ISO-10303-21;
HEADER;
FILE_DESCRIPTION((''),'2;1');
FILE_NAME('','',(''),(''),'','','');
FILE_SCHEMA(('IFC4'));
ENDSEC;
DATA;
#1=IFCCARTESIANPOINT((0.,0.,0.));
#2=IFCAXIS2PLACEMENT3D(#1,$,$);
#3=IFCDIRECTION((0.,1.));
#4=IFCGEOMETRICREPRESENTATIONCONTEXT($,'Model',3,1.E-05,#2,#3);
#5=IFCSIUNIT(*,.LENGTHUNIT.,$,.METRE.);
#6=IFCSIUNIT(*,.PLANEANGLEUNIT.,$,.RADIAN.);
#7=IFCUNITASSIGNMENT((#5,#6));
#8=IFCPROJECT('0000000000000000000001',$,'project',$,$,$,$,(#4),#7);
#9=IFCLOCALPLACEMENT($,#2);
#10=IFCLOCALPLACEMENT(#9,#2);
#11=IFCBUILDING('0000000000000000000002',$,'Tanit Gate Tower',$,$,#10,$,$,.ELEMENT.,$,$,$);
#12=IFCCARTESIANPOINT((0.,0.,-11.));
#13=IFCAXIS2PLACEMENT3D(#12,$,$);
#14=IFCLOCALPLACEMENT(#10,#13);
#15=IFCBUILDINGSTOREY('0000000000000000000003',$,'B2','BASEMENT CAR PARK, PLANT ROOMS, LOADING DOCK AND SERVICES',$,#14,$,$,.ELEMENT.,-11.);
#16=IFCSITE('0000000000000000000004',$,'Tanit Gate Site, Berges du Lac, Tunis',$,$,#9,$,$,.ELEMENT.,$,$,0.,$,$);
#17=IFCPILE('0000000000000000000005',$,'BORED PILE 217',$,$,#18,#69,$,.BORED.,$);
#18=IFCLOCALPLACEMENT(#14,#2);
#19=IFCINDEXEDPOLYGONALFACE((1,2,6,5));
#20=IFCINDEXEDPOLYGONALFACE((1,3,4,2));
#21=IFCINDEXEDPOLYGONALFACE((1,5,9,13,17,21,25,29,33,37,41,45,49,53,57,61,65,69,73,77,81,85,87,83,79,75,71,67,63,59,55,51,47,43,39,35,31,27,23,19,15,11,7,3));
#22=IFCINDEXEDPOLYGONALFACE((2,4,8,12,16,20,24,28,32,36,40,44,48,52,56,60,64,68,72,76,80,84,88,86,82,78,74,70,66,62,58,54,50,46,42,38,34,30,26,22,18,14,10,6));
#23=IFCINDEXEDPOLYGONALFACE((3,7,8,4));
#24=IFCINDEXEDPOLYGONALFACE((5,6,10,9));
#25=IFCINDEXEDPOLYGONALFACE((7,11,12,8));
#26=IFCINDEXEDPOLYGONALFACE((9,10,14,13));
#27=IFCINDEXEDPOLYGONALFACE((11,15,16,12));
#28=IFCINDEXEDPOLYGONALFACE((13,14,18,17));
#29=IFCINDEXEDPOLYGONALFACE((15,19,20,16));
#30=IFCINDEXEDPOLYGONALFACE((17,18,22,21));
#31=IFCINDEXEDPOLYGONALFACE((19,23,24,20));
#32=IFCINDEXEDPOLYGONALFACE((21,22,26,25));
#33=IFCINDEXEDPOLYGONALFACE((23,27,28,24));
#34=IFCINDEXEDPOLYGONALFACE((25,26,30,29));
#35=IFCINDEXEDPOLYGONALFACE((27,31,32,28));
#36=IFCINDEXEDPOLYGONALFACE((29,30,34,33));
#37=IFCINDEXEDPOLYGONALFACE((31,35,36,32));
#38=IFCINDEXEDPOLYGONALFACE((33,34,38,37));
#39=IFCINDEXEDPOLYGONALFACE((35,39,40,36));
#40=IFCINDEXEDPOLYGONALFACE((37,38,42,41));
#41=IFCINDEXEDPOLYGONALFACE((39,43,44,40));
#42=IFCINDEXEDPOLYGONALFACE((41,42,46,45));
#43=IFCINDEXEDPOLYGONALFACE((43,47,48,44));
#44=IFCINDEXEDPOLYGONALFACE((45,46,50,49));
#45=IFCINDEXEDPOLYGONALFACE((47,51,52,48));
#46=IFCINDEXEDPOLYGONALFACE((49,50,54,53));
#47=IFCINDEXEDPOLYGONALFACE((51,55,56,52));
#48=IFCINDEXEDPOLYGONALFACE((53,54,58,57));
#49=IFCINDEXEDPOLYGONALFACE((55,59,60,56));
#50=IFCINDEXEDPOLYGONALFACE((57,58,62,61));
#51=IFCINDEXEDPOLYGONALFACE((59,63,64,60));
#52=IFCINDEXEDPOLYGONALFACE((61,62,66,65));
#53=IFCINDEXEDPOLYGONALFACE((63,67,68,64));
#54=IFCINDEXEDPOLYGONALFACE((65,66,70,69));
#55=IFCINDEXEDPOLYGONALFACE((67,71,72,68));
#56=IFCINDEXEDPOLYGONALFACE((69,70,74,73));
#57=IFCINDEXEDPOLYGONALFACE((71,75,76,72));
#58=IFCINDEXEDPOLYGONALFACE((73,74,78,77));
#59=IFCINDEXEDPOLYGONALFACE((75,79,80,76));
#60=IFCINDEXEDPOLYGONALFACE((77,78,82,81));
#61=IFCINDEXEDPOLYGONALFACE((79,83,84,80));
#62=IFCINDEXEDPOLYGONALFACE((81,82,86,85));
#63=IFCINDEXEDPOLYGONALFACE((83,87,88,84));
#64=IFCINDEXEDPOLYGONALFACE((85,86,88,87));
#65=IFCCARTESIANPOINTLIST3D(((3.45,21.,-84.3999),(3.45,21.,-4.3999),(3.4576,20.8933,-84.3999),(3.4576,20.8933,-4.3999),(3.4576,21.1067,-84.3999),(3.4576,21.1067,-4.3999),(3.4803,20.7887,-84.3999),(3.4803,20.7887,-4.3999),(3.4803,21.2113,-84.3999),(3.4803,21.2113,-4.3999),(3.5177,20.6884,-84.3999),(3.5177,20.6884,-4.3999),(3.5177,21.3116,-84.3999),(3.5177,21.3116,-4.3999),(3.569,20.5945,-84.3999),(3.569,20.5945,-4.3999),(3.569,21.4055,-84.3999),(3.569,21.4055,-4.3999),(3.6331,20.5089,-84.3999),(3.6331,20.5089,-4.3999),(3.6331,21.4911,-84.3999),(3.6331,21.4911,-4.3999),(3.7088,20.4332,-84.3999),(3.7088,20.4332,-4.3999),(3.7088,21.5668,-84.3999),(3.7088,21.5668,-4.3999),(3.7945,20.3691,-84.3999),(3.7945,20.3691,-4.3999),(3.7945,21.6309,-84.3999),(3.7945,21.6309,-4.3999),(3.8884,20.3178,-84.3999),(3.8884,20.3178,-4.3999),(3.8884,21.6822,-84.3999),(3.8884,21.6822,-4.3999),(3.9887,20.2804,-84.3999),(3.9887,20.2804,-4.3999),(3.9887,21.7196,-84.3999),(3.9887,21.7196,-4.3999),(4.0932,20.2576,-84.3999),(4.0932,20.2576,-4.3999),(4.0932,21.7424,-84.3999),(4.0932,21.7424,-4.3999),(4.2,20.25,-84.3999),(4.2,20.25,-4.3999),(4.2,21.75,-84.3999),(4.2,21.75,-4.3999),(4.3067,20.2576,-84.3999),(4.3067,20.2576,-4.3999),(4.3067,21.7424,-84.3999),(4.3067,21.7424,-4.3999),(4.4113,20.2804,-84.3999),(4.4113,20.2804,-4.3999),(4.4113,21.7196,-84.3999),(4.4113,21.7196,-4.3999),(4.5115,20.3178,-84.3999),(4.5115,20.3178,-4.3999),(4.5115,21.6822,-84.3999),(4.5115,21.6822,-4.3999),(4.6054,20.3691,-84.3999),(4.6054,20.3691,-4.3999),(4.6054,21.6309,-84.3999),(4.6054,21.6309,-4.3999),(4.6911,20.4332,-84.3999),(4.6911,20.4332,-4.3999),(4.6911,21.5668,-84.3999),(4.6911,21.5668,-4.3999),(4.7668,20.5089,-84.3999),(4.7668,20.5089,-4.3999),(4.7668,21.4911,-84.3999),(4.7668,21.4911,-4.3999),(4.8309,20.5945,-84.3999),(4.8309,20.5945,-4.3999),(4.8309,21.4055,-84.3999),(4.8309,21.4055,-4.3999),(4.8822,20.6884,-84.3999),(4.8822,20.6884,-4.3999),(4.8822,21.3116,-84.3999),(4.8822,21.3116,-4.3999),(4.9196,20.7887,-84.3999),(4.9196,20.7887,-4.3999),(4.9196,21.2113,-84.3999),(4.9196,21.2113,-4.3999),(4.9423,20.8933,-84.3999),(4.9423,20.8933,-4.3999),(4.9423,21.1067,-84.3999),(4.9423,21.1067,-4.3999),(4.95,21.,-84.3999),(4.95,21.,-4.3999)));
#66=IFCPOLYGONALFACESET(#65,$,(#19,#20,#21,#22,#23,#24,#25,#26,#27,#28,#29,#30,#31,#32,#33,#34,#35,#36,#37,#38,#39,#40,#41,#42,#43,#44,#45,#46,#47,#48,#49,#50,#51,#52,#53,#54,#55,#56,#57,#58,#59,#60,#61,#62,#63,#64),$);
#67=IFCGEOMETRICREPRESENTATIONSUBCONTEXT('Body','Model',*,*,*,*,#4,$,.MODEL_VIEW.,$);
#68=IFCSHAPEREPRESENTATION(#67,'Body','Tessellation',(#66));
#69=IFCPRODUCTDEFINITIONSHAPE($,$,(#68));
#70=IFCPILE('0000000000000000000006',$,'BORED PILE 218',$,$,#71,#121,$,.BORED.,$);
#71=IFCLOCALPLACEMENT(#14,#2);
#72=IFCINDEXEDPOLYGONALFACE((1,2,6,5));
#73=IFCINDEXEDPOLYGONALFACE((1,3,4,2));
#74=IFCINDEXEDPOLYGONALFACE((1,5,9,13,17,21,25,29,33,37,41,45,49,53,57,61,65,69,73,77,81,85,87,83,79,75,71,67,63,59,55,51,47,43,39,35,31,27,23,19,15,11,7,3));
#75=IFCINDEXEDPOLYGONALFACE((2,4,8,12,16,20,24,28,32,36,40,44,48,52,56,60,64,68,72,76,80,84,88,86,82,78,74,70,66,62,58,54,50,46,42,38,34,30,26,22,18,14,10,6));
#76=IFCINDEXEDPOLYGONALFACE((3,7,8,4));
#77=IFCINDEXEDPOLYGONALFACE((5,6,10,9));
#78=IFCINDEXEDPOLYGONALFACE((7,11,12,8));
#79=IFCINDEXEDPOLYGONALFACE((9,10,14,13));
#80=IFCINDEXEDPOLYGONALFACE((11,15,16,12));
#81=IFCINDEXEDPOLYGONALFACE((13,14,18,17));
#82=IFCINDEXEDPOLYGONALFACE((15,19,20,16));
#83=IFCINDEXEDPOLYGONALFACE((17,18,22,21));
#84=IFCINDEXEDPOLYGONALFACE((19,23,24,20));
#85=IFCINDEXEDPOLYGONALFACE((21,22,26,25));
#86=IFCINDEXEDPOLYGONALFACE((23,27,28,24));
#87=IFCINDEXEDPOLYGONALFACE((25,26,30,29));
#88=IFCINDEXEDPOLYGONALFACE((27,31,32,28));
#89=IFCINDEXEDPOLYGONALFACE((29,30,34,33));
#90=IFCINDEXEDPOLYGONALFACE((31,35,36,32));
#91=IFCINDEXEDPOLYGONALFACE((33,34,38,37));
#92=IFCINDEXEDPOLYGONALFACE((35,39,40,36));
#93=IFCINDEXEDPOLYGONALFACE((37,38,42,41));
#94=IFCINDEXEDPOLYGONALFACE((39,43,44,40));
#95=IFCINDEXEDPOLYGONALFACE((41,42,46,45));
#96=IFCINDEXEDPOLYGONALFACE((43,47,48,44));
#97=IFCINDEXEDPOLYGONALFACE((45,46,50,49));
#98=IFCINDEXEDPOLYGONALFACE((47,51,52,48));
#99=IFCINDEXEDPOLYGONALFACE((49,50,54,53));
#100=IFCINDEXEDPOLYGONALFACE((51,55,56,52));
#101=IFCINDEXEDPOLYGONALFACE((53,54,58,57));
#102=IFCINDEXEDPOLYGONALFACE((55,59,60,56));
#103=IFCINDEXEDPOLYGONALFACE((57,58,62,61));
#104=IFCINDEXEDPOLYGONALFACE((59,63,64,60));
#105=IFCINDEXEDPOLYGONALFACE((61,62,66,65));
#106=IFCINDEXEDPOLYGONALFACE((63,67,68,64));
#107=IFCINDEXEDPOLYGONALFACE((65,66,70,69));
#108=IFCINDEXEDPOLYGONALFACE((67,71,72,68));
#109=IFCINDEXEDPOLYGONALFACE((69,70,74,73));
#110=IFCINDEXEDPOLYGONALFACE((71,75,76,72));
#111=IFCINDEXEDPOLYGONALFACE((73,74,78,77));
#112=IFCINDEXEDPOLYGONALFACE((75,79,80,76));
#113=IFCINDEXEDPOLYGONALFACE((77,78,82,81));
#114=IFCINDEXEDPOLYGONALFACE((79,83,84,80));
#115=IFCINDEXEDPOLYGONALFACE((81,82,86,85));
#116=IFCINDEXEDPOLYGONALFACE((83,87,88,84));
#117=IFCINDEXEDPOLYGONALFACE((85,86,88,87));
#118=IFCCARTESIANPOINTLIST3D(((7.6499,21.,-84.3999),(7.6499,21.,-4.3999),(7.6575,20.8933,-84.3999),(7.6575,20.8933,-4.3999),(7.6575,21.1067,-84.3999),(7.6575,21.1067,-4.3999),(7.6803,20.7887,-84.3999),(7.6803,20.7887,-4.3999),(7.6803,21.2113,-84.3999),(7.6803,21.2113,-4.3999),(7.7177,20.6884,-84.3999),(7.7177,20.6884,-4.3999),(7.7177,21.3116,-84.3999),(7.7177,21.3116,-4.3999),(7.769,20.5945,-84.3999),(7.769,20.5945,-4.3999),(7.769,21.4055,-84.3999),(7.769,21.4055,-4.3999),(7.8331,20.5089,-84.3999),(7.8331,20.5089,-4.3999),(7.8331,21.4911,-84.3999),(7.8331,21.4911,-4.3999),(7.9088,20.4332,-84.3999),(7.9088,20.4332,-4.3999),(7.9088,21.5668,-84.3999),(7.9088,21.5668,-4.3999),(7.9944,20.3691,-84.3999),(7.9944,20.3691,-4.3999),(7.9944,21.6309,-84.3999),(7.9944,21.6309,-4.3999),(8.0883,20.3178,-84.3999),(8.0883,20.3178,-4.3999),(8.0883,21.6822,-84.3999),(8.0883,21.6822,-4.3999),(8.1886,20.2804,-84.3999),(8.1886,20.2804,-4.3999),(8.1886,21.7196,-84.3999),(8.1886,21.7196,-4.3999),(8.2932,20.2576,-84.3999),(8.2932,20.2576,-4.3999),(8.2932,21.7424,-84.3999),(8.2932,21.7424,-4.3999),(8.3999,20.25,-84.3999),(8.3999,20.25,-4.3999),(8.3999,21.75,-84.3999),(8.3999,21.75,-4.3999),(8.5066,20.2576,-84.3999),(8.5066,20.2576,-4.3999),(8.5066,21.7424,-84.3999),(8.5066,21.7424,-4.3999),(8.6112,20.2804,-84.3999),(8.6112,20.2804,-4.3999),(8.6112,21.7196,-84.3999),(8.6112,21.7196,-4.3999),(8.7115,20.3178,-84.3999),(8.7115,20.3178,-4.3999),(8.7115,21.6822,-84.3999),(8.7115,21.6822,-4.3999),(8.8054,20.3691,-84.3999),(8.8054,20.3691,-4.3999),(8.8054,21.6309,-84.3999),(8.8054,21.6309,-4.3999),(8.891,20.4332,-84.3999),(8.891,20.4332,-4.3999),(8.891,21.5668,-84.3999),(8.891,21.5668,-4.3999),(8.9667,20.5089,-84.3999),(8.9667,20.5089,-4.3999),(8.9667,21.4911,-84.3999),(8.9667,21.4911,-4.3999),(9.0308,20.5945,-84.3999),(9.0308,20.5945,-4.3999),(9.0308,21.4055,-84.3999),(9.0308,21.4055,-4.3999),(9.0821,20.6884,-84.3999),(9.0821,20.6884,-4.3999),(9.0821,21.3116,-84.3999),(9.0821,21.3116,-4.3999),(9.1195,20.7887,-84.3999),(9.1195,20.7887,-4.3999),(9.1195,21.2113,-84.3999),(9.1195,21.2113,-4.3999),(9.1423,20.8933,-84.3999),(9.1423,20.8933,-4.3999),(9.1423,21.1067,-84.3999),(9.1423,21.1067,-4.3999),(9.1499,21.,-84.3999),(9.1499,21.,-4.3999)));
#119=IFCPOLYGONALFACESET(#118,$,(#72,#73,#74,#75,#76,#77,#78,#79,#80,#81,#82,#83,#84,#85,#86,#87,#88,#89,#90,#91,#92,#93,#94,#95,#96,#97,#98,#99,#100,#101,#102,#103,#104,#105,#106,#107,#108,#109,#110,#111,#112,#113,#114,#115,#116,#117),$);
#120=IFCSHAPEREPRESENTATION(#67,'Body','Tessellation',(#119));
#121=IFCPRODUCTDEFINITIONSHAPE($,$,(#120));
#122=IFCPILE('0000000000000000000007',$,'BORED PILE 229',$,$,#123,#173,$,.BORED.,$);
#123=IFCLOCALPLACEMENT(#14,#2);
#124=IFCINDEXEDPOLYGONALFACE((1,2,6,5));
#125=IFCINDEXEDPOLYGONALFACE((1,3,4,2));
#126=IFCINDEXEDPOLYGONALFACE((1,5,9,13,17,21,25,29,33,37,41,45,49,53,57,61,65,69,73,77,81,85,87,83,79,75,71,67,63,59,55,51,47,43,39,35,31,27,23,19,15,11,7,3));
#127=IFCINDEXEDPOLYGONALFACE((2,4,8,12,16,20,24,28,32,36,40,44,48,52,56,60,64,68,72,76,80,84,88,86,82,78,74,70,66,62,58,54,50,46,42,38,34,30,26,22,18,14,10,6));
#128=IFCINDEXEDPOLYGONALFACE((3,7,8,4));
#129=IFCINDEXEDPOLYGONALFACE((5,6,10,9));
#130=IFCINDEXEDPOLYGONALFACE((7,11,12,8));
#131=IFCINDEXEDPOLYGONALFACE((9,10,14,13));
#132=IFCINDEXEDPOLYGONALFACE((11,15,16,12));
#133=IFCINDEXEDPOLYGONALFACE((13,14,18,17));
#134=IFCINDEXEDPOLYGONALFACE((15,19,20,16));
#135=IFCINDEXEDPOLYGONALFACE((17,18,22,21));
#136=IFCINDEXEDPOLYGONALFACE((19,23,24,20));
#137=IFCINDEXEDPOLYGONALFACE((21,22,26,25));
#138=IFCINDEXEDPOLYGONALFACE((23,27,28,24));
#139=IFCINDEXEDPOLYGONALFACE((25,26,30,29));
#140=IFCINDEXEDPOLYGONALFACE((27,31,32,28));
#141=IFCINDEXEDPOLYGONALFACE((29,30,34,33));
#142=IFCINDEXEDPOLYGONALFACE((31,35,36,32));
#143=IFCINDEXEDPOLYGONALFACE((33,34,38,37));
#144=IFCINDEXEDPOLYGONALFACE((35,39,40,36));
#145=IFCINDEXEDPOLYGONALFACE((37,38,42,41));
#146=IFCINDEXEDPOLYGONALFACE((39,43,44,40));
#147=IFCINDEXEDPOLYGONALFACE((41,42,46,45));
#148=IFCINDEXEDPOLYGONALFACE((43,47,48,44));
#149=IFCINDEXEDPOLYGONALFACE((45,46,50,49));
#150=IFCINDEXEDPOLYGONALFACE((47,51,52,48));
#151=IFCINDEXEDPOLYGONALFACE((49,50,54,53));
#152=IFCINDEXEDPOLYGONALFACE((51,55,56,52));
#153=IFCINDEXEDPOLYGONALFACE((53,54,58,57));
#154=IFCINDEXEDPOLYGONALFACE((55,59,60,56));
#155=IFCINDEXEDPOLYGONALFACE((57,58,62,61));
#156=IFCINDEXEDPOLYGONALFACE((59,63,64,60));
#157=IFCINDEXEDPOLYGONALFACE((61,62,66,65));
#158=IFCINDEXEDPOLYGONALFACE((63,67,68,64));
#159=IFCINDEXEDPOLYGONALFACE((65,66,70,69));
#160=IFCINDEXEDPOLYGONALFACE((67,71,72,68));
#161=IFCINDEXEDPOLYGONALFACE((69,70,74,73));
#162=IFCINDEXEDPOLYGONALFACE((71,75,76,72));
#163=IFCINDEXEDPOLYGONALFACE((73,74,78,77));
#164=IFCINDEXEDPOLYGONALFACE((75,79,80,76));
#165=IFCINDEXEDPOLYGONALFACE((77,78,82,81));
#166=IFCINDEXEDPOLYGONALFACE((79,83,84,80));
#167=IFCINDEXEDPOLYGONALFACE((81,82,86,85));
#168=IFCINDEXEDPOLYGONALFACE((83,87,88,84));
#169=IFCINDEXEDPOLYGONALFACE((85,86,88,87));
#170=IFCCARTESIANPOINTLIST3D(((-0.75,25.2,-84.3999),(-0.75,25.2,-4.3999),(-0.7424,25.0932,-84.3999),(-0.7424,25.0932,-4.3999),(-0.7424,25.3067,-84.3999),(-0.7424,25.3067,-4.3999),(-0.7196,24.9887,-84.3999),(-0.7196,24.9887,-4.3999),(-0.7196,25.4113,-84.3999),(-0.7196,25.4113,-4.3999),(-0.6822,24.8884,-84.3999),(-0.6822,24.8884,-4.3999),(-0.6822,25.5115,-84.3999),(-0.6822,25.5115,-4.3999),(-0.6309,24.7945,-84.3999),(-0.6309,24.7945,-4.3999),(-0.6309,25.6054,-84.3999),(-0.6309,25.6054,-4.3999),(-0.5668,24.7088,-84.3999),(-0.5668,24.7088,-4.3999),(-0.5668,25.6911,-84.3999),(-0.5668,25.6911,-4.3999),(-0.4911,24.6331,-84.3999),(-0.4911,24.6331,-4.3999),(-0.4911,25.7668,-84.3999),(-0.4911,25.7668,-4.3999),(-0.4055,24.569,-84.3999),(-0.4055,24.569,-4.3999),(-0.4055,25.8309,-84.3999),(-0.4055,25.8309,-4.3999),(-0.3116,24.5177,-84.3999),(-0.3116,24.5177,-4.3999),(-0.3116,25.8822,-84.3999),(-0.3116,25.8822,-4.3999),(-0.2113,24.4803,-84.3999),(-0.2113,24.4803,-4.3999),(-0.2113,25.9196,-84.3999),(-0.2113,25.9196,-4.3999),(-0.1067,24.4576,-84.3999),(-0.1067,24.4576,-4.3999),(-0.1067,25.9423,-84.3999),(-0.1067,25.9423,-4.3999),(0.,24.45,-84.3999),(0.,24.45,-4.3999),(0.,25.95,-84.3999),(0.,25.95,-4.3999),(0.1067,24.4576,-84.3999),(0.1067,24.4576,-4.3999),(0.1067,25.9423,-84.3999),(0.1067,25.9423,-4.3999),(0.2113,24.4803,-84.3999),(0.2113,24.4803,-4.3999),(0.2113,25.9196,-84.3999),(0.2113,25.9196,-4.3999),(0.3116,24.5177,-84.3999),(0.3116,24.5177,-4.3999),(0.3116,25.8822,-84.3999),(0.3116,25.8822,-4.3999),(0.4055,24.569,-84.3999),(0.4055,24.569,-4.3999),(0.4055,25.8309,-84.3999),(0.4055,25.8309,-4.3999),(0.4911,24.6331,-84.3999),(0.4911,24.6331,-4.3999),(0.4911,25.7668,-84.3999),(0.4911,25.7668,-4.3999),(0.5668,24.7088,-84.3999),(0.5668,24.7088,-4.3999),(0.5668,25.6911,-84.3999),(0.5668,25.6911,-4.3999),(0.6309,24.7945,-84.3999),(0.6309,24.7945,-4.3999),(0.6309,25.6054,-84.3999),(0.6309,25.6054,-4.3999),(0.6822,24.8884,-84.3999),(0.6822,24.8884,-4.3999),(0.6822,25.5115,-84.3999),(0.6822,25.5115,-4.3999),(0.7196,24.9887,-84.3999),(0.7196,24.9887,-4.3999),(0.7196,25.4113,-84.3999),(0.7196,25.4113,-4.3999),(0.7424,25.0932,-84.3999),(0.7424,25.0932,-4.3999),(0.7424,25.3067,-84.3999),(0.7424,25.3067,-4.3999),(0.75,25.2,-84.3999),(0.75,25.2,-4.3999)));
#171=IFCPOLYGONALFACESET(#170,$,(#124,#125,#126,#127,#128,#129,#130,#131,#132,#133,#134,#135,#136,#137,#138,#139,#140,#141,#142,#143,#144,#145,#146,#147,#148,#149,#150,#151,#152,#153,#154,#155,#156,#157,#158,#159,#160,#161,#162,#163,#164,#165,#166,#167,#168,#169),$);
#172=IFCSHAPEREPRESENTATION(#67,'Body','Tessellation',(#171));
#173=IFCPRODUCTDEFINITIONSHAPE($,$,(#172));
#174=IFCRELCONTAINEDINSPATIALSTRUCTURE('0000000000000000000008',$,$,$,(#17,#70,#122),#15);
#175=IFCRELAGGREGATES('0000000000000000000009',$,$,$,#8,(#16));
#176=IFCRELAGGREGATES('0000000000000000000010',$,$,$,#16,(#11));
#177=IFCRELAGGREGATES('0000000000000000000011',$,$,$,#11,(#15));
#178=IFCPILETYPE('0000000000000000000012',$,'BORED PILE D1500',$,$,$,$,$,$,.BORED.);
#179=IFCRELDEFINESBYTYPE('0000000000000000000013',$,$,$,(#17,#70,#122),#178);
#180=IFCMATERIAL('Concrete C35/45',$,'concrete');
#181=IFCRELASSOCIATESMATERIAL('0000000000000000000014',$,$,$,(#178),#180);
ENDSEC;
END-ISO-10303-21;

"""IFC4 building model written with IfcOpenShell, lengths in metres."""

from ifc_helpers import new_model, si_unit, direction, frame, origin, origin_2d, place, context, subcontext, project, spatial, circle, extrude, material, material_profile, profile_set, type_object, element, save


model = new_model("IFC4")

# Units and contexts
model_context = context("Model", 3, precision=1e-05, world=origin(), true_north=direction((0.0, 1.0)))
body_context = subcontext(model_context, "Body", "Model", "MODEL_VIEW")
ifc_project = project(units=[si_unit("LENGTHUNIT", "METRE"), si_unit("PLANEANGLEUNIT", "RADIAN")], contexts=[model_context])

# Site, building, storey
site_placement = place(None, origin())
site = spatial("IfcSite", under=ifc_project, at=site_placement, Name="Tanit Gate Site, Berges du Lac, Tunis", CompositionType="ELEMENT", RefElevation=0.0)
building_placement = place(site_placement, origin())
building = spatial("IfcBuilding", under=site, at=building_placement, Name="Tanit Gate Tower", CompositionType="ELEMENT")
storey_placement = place(building_placement, frame((0.0, 0.0, -11.0)))
storey = spatial("IfcBuildingStorey", under=building, at=storey_placement, Name="B2", Description="BASEMENT CAR PARK, PLANT ROOMS, LOADING DOCK AND SERVICES", CompositionType="ELEMENT", Elevation=-11.0)

# Piles
ifc_material_1 = material(Name="Concrete C35/45", Category="concrete")
ifc_material_profile_1 = material_profile(ifc_material_1, circle(Radius=0.75, at=origin_2d()), Name="BORED PILE D1500 C35/45")
ifc_profile_set_1 = profile_set([ifc_material_profile_1], Name="Concrete C35/45")
pile_type = type_object("IfcPileType", Name="BORED PILE D1500", PredefinedType="BORED", material=ifc_profile_set_1)
for number, where, z_axis, x_axis, name in (
    (1, (4.2, 21.0, -4.3999), (0.0, 0.0, -1.0), (1.0, 0.0, 0.0), "BORED PILE 217"),
    (2, (8.3999, 21.0, -4.3999), (0.0, 0.0, -1.0), (1.0, 0.0, 0.0), "BORED PILE 218"),
    (3, (0.0, 25.2, -4.3999), (0.0, 0.0, -1.0), (1.0, 0.0, 0.0), "BORED PILE 229"),
):
    element("IfcPile", number, at=place(storey_placement, frame(where, z_axis=z_axis, x_axis=x_axis)), inside=storey, type_object=pile_type, Name=name, PredefinedType="BORED", context=body_context, shape_type="SweptSolid", body=[
        extrude(circle(Radius=0.75, at=origin_2d()), origin(), (0.0, 0.0, 1.0), 80.0),
    ])

save(model, "model.ifc")
